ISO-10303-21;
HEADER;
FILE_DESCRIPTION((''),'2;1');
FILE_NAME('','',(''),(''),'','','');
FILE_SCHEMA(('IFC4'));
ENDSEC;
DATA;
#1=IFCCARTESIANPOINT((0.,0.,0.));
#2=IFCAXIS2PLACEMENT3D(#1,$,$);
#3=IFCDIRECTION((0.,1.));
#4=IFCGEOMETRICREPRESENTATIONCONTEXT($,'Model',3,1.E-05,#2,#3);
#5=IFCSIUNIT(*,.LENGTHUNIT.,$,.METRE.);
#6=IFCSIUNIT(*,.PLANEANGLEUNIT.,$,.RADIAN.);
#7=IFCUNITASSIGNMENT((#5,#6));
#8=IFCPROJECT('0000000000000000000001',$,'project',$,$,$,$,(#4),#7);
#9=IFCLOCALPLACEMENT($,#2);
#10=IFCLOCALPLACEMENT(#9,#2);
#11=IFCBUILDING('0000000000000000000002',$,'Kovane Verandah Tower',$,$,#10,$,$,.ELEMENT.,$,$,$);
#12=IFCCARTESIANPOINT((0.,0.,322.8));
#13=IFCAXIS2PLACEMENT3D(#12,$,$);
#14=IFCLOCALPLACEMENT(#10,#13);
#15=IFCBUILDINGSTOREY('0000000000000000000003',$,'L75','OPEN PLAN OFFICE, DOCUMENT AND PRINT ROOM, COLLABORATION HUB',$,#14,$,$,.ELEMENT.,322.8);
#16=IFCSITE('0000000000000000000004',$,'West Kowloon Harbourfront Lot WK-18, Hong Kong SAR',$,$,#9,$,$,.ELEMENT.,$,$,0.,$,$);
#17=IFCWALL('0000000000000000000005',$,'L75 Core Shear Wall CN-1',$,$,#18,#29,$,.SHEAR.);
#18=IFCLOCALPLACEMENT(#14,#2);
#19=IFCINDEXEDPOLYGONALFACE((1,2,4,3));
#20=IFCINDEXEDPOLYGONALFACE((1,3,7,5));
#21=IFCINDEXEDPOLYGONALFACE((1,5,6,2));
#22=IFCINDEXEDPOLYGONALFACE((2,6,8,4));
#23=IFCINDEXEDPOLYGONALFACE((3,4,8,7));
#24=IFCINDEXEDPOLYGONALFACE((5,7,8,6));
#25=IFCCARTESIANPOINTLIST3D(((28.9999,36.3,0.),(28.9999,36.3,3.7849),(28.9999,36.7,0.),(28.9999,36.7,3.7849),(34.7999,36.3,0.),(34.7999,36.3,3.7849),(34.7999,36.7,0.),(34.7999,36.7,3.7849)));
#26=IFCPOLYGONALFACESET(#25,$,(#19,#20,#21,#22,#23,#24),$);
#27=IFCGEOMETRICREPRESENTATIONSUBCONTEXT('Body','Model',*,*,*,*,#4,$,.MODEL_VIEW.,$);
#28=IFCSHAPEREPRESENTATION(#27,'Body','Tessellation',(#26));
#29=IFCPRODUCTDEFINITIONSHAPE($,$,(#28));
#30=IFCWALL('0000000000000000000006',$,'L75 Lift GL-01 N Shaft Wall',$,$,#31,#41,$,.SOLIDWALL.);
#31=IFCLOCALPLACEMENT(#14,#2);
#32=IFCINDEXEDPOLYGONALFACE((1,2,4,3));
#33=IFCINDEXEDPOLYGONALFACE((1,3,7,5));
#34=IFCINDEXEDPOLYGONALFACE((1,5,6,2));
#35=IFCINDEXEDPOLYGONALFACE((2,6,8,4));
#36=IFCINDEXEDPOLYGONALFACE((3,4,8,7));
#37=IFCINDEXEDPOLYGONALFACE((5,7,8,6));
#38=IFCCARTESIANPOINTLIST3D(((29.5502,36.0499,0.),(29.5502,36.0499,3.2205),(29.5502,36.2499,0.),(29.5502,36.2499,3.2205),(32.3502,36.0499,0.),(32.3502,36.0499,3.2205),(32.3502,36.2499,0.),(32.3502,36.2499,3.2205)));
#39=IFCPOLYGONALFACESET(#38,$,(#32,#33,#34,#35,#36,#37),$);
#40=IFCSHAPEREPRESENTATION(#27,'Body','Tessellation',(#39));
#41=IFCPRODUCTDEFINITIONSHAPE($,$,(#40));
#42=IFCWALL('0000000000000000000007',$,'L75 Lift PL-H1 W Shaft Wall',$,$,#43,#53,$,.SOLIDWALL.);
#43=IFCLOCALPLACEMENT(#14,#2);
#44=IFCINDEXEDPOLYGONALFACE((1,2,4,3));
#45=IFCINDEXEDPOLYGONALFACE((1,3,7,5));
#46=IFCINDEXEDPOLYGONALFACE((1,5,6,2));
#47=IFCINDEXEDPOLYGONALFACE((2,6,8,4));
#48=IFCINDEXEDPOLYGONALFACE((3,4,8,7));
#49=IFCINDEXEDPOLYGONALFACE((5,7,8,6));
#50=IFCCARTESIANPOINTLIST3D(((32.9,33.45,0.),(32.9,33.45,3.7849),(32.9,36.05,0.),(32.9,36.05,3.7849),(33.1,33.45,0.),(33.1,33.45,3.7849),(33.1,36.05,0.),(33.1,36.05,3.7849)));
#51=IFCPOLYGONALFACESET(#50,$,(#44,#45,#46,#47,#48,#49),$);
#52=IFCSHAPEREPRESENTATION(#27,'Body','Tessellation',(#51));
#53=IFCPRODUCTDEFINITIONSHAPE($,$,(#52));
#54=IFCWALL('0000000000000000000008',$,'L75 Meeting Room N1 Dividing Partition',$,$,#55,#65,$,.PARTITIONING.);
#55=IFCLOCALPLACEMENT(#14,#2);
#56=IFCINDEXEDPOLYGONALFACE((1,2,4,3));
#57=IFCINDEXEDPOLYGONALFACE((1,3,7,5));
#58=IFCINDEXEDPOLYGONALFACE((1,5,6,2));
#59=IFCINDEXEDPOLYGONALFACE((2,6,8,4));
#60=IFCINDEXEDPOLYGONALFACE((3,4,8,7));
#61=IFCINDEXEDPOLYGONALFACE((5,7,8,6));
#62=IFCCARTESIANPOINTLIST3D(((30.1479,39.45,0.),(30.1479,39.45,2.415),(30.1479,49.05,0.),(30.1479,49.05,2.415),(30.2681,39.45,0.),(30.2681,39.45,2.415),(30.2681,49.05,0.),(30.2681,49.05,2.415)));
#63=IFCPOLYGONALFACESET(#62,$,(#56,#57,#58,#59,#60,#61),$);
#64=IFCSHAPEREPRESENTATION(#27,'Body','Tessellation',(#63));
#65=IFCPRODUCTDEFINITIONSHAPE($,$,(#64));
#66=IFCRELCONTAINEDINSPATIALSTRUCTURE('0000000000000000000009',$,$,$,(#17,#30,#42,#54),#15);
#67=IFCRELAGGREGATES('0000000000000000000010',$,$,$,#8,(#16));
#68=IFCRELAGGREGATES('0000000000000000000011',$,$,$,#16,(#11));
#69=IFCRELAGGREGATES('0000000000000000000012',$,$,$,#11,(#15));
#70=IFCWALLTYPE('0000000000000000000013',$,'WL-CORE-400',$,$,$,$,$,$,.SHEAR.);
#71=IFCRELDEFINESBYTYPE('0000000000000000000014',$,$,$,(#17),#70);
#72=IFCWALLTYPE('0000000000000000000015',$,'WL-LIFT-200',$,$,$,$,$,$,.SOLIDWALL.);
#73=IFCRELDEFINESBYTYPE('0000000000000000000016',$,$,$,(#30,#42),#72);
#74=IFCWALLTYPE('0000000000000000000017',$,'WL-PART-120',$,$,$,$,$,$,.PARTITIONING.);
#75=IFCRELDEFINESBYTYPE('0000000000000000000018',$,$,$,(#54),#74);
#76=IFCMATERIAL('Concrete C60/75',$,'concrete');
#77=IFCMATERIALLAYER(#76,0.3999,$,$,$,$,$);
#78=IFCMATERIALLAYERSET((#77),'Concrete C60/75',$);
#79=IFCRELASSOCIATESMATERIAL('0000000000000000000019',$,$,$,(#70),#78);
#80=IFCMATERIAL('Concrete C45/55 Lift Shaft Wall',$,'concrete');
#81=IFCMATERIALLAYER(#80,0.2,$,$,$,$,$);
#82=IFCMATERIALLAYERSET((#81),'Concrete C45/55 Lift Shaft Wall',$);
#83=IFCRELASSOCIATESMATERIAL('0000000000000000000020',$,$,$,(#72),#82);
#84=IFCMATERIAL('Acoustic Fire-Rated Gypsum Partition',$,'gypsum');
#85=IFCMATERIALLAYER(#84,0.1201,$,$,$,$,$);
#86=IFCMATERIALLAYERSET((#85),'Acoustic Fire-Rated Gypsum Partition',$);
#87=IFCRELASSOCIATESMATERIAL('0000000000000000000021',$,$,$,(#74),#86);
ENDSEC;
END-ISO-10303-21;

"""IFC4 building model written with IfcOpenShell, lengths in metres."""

from ifc_helpers import new_model, si_unit, direction, frame, frame_2d, origin, place, context, subcontext, project, spatial, rectangle, extrude, material, layer, layer_set, type_object, element, save


model = new_model("IFC4")

# Units and contexts
model_context = context("Model", 3, precision=1e-05, world=origin(), true_north=direction((0.0, 1.0)))
body_context = subcontext(model_context, "Body", "Model", "MODEL_VIEW")
ifc_project = project(units=[si_unit("LENGTHUNIT", "METRE"), si_unit("PLANEANGLEUNIT", "RADIAN")], contexts=[model_context])

# Site, building, storey
site_placement = place(None, origin())
site = spatial("IfcSite", under=ifc_project, at=site_placement, Name="West Kowloon Harbourfront Lot WK-18, Hong Kong SAR", CompositionType="ELEMENT", RefElevation=0.0)
building_placement = place(site_placement, origin())
building = spatial("IfcBuilding", under=site, at=building_placement, Name="Kovane Verandah Tower", CompositionType="ELEMENT")
storey_placement = place(building_placement, frame((0.0, 0.0, 322.8)))
storey = spatial("IfcBuildingStorey", under=building, at=storey_placement, Name="L75", Description="OPEN PLAN OFFICE, DOCUMENT AND PRINT ROOM, COLLABORATION HUB", CompositionType="ELEMENT", Elevation=322.8)

# Shared definitions
ifc_material_1 = material(Name="Concrete C60/75", Category="concrete")

# Walls
ifc_layer_1 = layer(ifc_material_1, 0.3999)
ifc_layer_set_1 = layer_set([ifc_layer_1], Name="Concrete C60/75")
wall_type_1 = type_object("IfcWallType", Name="WL-CORE-400", PredefinedType="SHEAR", material=ifc_layer_set_1)
wall_1_placement = place(storey_placement, frame((29.0, 36.5, 0.0), z_axis=(0.0, 0.0, 1.0), x_axis=(1.0, 0.0, 0.0)))
element("IfcWall", 1, at=wall_1_placement, inside=storey, type_object=wall_type_1, Name="L75 Core Shear Wall CN-1", PredefinedType="SHEAR", context=body_context, shape_type="SweptSolid", body=[
    extrude(rectangle(XDim=5.8, YDim=0.3999, at=frame_2d((2.8999, 0.0))), origin(), (0.0, 0.0, 1.0), 3.7849),
])
ifc_material_2 = material(Name="Concrete C45/55 Lift Shaft Wall", Category="concrete")
ifc_layer_2 = layer(ifc_material_2, 0.2)
ifc_layer_set_2 = layer_set([ifc_layer_2], Name="Concrete C45/55 Lift Shaft Wall")
wall_type_2 = type_object("IfcWallType", Name="WL-LIFT-200", PredefinedType="SOLIDWALL", material=ifc_layer_set_2)
wall_2_placement = place(storey_placement, frame((32.3501, 36.1499, 0.0), z_axis=(0.0, 0.0, 1.0), x_axis=(-1.0, 0.0, 0.0)))
element("IfcWall", 2, at=wall_2_placement, inside=storey, type_object=wall_type_2, Name="L75 Lift GL-01 N Shaft Wall", PredefinedType="SOLIDWALL", context=body_context, shape_type="SweptSolid", body=[
    extrude(rectangle(XDim=2.8, YDim=0.2, at=frame_2d((1.3999, 0.0))), origin(), (0.0, 0.0, 1.0), 3.2205),
])
wall_3_placement = place(storey_placement, frame((33.0, 36.05, 0.0), z_axis=(0.0, 0.0, 1.0), x_axis=(0.0, -1.0, 0.0)))
element("IfcWall", 3, at=wall_3_placement, inside=storey, type_object=wall_type_2, Name="L75 Lift PL-H1 W Shaft Wall", PredefinedType="SOLIDWALL", context=body_context, shape_type="SweptSolid", body=[
    extrude(rectangle(XDim=2.6001, YDim=0.2, at=frame_2d((1.3, 0.0))), origin(), (0.0, 0.0, 1.0), 3.7849),
])
ifc_material_3 = material(Name="Acoustic Fire-Rated Gypsum Partition", Category="gypsum")
ifc_layer_3 = layer(ifc_material_3, 0.1201)
ifc_layer_set_3 = layer_set([ifc_layer_3], Name="Acoustic Fire-Rated Gypsum Partition")
wall_type_3 = type_object("IfcWallType", Name="WL-PART-120", PredefinedType="PARTITIONING", material=ifc_layer_set_3)
wall_4_placement = place(storey_placement, frame((30.208, 39.45, 0.0), z_axis=(0.0, 0.0, 1.0), x_axis=(0.0, 1.0, 0.0)))
element("IfcWall", 4, at=wall_4_placement, inside=storey, type_object=wall_type_3, Name="L75 Meeting Room N1 Dividing Partition", PredefinedType="PARTITIONING", context=body_context, shape_type="SweptSolid", body=[
    extrude(rectangle(XDim=9.6001, YDim=0.1201, at=frame_2d((4.8, 0.0))), origin(), (0.0, 0.0, 1.0), 2.415),
])

save(model, "model.ifc")
